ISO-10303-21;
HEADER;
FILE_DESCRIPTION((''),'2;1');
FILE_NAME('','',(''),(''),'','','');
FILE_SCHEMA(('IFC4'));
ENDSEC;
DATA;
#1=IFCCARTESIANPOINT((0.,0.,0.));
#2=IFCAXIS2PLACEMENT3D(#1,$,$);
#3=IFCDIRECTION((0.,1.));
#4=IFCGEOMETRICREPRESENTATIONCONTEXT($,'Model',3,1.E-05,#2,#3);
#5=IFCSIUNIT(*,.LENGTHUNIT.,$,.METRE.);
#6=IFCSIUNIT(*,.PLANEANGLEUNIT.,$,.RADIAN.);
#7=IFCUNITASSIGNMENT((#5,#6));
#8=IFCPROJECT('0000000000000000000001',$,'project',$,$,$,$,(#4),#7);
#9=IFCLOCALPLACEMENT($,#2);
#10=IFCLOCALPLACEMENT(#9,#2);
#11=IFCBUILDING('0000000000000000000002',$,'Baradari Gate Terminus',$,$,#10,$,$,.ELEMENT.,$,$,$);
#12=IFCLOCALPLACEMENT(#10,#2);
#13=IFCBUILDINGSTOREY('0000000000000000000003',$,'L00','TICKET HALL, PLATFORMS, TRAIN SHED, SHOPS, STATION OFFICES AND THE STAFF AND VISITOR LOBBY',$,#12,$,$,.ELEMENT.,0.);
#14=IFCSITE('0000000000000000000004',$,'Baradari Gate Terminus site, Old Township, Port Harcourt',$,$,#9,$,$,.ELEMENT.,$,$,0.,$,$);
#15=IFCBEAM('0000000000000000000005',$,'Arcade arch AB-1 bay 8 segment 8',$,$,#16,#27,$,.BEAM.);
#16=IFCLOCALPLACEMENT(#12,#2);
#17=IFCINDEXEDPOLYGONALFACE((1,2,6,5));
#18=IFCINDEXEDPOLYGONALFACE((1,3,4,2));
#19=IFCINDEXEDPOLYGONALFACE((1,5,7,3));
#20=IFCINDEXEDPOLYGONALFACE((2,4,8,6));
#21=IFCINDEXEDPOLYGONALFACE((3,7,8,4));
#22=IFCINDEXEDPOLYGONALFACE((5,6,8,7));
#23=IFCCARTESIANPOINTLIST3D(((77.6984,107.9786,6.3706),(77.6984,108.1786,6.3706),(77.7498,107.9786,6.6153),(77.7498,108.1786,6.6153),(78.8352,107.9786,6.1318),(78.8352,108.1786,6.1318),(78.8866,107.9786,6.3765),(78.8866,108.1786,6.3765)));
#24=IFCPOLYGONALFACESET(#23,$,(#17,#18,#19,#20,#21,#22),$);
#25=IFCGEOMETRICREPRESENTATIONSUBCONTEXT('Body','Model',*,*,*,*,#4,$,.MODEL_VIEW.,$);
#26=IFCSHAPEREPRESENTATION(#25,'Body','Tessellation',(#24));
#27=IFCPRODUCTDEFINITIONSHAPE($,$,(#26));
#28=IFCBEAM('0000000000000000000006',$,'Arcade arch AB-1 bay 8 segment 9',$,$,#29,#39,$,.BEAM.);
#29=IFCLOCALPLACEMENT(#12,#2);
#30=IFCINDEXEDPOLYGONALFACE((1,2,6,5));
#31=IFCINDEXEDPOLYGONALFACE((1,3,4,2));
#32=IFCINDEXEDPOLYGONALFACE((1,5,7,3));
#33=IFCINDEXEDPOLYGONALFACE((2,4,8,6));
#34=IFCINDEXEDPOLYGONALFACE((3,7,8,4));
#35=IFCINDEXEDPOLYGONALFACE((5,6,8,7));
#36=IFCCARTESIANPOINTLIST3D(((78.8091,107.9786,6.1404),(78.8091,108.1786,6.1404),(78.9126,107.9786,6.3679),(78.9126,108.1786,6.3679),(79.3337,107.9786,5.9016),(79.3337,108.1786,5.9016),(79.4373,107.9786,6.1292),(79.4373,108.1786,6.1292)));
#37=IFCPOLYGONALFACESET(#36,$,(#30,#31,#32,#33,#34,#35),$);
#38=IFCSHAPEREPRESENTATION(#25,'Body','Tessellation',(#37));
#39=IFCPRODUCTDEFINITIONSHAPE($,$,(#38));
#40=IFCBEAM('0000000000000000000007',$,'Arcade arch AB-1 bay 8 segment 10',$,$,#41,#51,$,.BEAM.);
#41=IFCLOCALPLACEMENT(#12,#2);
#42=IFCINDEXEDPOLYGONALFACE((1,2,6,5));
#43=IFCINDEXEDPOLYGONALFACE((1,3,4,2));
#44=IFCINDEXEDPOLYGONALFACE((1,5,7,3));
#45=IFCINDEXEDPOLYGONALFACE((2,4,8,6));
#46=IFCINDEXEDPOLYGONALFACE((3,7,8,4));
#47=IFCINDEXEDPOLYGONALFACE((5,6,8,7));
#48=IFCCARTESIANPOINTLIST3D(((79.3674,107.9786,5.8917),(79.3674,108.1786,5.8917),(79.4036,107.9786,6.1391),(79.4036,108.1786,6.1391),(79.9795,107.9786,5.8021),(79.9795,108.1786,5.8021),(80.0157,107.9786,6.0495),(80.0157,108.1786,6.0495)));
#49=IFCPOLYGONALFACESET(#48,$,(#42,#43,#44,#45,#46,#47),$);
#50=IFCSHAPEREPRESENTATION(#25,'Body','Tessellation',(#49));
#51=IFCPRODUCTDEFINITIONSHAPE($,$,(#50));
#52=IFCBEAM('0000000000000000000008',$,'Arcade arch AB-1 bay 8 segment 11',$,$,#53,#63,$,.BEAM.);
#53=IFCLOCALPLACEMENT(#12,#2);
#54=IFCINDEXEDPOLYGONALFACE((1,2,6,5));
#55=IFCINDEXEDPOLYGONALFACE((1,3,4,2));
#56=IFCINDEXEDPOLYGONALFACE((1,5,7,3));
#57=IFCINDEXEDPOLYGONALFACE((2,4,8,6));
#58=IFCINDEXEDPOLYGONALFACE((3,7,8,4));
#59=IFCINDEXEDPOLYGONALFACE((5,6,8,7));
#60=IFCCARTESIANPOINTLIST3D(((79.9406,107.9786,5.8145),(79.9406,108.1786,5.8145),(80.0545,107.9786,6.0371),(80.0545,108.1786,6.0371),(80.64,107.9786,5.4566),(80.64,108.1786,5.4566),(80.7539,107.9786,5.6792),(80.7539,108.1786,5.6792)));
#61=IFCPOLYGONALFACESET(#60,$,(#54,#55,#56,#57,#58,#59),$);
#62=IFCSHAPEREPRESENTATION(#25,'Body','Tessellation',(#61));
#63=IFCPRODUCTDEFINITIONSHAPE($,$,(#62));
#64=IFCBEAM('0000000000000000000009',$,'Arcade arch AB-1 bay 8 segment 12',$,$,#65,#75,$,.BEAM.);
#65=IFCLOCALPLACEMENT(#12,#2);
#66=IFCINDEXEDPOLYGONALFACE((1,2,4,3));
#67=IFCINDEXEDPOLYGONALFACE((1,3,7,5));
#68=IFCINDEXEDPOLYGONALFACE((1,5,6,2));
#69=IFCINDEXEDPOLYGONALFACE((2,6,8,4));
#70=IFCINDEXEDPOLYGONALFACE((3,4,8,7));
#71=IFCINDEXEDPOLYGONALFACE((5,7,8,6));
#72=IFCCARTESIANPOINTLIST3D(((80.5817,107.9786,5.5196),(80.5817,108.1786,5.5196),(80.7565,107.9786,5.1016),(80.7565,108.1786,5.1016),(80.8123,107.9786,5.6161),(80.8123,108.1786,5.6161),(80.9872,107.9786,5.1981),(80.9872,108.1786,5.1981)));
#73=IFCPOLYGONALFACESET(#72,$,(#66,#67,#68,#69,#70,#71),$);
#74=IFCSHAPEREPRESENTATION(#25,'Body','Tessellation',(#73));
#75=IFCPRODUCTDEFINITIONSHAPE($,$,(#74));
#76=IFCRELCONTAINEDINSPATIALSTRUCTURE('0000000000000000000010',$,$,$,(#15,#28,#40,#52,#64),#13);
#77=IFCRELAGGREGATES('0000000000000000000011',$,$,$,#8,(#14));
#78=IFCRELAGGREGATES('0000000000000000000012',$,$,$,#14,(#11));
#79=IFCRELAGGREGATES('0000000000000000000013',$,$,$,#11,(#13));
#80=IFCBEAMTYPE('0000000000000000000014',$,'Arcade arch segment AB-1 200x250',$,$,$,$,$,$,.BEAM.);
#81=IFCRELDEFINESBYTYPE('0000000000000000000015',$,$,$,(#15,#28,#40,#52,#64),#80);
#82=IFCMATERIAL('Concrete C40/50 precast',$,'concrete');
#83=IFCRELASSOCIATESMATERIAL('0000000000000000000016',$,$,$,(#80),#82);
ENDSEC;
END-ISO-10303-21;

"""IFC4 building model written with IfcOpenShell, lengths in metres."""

from ifc_helpers import new_model, si_unit, direction, frame, origin, origin_2d, place, context, subcontext, project, spatial, rectangle, extrude, material, material_profile, profile_set, type_object, element, save


model = new_model("IFC4")

# Units and contexts
model_context = context("Model", 3, precision=1e-05, world=origin(), true_north=direction((0.0, 1.0)))
body_context = subcontext(model_context, "Body", "Model", "MODEL_VIEW")
ifc_project = project(units=[si_unit("LENGTHUNIT", "METRE"), si_unit("PLANEANGLEUNIT", "RADIAN")], contexts=[model_context])

# Site, building, storey
site_placement = place(None, origin())
site = spatial("IfcSite", under=ifc_project, at=site_placement, Name="Baradari Gate Terminus site, Old Township, Port Harcourt", CompositionType="ELEMENT", RefElevation=0.0)
building_placement = place(site_placement, origin())
building = spatial("IfcBuilding", under=site, at=building_placement, Name="Baradari Gate Terminus", CompositionType="ELEMENT")
storey_placement = place(building_placement, origin())
storey = spatial("IfcBuildingStorey", under=building, at=storey_placement, Name="L00", Description="TICKET HALL, PLATFORMS, TRAIN SHED, SHOPS, STATION OFFICES AND THE STAFF AND VISITOR LOBBY", CompositionType="ELEMENT", Elevation=0.0)

# Beams
ifc_material_1 = material(Name="Concrete C40/50 precast", Category="concrete")
ifc_material_profile_1 = material_profile(ifc_material_1, rectangle(XDim=0.2, YDim=0.25, at=origin_2d()), Name="AB-1 200X250")
ifc_profile_set_1 = profile_set([ifc_material_profile_1], Name="Concrete C40/50 precast")
beam_type = type_object("IfcBeamType", Name="Arcade arch segment AB-1 200x250", PredefinedType="BEAM", material=ifc_profile_set_1)
beam_1_placement = place(storey_placement, frame((77.7241, 108.0786, 6.4929), z_axis=(0.978643, 0.0, -0.205566), x_axis=(0.0, 1.0, 0.0)))
element("IfcBeam", 1, at=beam_1_placement, inside=storey, type_object=beam_type, Name="Arcade arch AB-1 bay 8 segment 8", PredefinedType="BEAM", context=body_context, shape_type="SweptSolid", body=[
    extrude(rectangle(XDim=0.2, YDim=0.25, at=origin_2d()), origin(), (0.0, 0.0, 1.0), 1.1616),
])
beam_2_placement = place(storey_placement, frame((78.8608, 108.0786, 6.2542), z_axis=(0.910178, 0.0, -0.414218), x_axis=(0.0, 1.0, 0.0)))
element("IfcBeam", 2, at=beam_2_placement, inside=storey, type_object=beam_type, Name="Arcade arch AB-1 bay 8 segment 9", PredefinedType="BEAM", context=body_context, shape_type="SweptSolid", body=[
    extrude(rectangle(XDim=0.2, YDim=0.25, at=origin_2d()), origin(), (0.0, 0.0, 1.0), 0.5764),
])
beam_3_placement = place(storey_placement, frame((79.3855, 108.0786, 6.0154), z_axis=(0.989454, 0.0, -0.144846), x_axis=(0.0, 1.0, 0.0)))
element("IfcBeam", 3, at=beam_3_placement, inside=storey, type_object=beam_type, Name="Arcade arch AB-1 bay 8 segment 10", PredefinedType="BEAM", context=body_context, shape_type="SweptSolid", body=[
    extrude(rectangle(XDim=0.2, YDim=0.25, at=origin_2d()), origin(), (0.0, 0.0, 1.0), 0.6187),
])
beam_4_placement = place(storey_placement, frame((79.9976, 108.0786, 5.9258), z_axis=(0.890225, 0.0, -0.455522), x_axis=(0.0, 1.0, 0.0)))
element("IfcBeam", 4, at=beam_4_placement, inside=storey, type_object=beam_type, Name="Arcade arch AB-1 bay 8 segment 11", PredefinedType="BEAM", context=body_context, shape_type="SweptSolid", body=[
    extrude(rectangle(XDim=0.2, YDim=0.25, at=origin_2d()), origin(), (0.0, 0.0, 1.0), 0.7856),
])
beam_5_placement = place(storey_placement, frame((80.697, 108.0786, 5.5679), z_axis=(0.385839, 0.0, -0.922566), x_axis=(0.0, 1.0, 0.0)))
element("IfcBeam", 5, at=beam_5_placement, inside=storey, type_object=beam_type, Name="Arcade arch AB-1 bay 8 segment 12", PredefinedType="BEAM", context=body_context, shape_type="SweptSolid", body=[
    extrude(rectangle(XDim=0.2, YDim=0.25, at=origin_2d()), origin(), (0.0, 0.0, 1.0), 0.4531),
])

save(model, "model.ifc")
